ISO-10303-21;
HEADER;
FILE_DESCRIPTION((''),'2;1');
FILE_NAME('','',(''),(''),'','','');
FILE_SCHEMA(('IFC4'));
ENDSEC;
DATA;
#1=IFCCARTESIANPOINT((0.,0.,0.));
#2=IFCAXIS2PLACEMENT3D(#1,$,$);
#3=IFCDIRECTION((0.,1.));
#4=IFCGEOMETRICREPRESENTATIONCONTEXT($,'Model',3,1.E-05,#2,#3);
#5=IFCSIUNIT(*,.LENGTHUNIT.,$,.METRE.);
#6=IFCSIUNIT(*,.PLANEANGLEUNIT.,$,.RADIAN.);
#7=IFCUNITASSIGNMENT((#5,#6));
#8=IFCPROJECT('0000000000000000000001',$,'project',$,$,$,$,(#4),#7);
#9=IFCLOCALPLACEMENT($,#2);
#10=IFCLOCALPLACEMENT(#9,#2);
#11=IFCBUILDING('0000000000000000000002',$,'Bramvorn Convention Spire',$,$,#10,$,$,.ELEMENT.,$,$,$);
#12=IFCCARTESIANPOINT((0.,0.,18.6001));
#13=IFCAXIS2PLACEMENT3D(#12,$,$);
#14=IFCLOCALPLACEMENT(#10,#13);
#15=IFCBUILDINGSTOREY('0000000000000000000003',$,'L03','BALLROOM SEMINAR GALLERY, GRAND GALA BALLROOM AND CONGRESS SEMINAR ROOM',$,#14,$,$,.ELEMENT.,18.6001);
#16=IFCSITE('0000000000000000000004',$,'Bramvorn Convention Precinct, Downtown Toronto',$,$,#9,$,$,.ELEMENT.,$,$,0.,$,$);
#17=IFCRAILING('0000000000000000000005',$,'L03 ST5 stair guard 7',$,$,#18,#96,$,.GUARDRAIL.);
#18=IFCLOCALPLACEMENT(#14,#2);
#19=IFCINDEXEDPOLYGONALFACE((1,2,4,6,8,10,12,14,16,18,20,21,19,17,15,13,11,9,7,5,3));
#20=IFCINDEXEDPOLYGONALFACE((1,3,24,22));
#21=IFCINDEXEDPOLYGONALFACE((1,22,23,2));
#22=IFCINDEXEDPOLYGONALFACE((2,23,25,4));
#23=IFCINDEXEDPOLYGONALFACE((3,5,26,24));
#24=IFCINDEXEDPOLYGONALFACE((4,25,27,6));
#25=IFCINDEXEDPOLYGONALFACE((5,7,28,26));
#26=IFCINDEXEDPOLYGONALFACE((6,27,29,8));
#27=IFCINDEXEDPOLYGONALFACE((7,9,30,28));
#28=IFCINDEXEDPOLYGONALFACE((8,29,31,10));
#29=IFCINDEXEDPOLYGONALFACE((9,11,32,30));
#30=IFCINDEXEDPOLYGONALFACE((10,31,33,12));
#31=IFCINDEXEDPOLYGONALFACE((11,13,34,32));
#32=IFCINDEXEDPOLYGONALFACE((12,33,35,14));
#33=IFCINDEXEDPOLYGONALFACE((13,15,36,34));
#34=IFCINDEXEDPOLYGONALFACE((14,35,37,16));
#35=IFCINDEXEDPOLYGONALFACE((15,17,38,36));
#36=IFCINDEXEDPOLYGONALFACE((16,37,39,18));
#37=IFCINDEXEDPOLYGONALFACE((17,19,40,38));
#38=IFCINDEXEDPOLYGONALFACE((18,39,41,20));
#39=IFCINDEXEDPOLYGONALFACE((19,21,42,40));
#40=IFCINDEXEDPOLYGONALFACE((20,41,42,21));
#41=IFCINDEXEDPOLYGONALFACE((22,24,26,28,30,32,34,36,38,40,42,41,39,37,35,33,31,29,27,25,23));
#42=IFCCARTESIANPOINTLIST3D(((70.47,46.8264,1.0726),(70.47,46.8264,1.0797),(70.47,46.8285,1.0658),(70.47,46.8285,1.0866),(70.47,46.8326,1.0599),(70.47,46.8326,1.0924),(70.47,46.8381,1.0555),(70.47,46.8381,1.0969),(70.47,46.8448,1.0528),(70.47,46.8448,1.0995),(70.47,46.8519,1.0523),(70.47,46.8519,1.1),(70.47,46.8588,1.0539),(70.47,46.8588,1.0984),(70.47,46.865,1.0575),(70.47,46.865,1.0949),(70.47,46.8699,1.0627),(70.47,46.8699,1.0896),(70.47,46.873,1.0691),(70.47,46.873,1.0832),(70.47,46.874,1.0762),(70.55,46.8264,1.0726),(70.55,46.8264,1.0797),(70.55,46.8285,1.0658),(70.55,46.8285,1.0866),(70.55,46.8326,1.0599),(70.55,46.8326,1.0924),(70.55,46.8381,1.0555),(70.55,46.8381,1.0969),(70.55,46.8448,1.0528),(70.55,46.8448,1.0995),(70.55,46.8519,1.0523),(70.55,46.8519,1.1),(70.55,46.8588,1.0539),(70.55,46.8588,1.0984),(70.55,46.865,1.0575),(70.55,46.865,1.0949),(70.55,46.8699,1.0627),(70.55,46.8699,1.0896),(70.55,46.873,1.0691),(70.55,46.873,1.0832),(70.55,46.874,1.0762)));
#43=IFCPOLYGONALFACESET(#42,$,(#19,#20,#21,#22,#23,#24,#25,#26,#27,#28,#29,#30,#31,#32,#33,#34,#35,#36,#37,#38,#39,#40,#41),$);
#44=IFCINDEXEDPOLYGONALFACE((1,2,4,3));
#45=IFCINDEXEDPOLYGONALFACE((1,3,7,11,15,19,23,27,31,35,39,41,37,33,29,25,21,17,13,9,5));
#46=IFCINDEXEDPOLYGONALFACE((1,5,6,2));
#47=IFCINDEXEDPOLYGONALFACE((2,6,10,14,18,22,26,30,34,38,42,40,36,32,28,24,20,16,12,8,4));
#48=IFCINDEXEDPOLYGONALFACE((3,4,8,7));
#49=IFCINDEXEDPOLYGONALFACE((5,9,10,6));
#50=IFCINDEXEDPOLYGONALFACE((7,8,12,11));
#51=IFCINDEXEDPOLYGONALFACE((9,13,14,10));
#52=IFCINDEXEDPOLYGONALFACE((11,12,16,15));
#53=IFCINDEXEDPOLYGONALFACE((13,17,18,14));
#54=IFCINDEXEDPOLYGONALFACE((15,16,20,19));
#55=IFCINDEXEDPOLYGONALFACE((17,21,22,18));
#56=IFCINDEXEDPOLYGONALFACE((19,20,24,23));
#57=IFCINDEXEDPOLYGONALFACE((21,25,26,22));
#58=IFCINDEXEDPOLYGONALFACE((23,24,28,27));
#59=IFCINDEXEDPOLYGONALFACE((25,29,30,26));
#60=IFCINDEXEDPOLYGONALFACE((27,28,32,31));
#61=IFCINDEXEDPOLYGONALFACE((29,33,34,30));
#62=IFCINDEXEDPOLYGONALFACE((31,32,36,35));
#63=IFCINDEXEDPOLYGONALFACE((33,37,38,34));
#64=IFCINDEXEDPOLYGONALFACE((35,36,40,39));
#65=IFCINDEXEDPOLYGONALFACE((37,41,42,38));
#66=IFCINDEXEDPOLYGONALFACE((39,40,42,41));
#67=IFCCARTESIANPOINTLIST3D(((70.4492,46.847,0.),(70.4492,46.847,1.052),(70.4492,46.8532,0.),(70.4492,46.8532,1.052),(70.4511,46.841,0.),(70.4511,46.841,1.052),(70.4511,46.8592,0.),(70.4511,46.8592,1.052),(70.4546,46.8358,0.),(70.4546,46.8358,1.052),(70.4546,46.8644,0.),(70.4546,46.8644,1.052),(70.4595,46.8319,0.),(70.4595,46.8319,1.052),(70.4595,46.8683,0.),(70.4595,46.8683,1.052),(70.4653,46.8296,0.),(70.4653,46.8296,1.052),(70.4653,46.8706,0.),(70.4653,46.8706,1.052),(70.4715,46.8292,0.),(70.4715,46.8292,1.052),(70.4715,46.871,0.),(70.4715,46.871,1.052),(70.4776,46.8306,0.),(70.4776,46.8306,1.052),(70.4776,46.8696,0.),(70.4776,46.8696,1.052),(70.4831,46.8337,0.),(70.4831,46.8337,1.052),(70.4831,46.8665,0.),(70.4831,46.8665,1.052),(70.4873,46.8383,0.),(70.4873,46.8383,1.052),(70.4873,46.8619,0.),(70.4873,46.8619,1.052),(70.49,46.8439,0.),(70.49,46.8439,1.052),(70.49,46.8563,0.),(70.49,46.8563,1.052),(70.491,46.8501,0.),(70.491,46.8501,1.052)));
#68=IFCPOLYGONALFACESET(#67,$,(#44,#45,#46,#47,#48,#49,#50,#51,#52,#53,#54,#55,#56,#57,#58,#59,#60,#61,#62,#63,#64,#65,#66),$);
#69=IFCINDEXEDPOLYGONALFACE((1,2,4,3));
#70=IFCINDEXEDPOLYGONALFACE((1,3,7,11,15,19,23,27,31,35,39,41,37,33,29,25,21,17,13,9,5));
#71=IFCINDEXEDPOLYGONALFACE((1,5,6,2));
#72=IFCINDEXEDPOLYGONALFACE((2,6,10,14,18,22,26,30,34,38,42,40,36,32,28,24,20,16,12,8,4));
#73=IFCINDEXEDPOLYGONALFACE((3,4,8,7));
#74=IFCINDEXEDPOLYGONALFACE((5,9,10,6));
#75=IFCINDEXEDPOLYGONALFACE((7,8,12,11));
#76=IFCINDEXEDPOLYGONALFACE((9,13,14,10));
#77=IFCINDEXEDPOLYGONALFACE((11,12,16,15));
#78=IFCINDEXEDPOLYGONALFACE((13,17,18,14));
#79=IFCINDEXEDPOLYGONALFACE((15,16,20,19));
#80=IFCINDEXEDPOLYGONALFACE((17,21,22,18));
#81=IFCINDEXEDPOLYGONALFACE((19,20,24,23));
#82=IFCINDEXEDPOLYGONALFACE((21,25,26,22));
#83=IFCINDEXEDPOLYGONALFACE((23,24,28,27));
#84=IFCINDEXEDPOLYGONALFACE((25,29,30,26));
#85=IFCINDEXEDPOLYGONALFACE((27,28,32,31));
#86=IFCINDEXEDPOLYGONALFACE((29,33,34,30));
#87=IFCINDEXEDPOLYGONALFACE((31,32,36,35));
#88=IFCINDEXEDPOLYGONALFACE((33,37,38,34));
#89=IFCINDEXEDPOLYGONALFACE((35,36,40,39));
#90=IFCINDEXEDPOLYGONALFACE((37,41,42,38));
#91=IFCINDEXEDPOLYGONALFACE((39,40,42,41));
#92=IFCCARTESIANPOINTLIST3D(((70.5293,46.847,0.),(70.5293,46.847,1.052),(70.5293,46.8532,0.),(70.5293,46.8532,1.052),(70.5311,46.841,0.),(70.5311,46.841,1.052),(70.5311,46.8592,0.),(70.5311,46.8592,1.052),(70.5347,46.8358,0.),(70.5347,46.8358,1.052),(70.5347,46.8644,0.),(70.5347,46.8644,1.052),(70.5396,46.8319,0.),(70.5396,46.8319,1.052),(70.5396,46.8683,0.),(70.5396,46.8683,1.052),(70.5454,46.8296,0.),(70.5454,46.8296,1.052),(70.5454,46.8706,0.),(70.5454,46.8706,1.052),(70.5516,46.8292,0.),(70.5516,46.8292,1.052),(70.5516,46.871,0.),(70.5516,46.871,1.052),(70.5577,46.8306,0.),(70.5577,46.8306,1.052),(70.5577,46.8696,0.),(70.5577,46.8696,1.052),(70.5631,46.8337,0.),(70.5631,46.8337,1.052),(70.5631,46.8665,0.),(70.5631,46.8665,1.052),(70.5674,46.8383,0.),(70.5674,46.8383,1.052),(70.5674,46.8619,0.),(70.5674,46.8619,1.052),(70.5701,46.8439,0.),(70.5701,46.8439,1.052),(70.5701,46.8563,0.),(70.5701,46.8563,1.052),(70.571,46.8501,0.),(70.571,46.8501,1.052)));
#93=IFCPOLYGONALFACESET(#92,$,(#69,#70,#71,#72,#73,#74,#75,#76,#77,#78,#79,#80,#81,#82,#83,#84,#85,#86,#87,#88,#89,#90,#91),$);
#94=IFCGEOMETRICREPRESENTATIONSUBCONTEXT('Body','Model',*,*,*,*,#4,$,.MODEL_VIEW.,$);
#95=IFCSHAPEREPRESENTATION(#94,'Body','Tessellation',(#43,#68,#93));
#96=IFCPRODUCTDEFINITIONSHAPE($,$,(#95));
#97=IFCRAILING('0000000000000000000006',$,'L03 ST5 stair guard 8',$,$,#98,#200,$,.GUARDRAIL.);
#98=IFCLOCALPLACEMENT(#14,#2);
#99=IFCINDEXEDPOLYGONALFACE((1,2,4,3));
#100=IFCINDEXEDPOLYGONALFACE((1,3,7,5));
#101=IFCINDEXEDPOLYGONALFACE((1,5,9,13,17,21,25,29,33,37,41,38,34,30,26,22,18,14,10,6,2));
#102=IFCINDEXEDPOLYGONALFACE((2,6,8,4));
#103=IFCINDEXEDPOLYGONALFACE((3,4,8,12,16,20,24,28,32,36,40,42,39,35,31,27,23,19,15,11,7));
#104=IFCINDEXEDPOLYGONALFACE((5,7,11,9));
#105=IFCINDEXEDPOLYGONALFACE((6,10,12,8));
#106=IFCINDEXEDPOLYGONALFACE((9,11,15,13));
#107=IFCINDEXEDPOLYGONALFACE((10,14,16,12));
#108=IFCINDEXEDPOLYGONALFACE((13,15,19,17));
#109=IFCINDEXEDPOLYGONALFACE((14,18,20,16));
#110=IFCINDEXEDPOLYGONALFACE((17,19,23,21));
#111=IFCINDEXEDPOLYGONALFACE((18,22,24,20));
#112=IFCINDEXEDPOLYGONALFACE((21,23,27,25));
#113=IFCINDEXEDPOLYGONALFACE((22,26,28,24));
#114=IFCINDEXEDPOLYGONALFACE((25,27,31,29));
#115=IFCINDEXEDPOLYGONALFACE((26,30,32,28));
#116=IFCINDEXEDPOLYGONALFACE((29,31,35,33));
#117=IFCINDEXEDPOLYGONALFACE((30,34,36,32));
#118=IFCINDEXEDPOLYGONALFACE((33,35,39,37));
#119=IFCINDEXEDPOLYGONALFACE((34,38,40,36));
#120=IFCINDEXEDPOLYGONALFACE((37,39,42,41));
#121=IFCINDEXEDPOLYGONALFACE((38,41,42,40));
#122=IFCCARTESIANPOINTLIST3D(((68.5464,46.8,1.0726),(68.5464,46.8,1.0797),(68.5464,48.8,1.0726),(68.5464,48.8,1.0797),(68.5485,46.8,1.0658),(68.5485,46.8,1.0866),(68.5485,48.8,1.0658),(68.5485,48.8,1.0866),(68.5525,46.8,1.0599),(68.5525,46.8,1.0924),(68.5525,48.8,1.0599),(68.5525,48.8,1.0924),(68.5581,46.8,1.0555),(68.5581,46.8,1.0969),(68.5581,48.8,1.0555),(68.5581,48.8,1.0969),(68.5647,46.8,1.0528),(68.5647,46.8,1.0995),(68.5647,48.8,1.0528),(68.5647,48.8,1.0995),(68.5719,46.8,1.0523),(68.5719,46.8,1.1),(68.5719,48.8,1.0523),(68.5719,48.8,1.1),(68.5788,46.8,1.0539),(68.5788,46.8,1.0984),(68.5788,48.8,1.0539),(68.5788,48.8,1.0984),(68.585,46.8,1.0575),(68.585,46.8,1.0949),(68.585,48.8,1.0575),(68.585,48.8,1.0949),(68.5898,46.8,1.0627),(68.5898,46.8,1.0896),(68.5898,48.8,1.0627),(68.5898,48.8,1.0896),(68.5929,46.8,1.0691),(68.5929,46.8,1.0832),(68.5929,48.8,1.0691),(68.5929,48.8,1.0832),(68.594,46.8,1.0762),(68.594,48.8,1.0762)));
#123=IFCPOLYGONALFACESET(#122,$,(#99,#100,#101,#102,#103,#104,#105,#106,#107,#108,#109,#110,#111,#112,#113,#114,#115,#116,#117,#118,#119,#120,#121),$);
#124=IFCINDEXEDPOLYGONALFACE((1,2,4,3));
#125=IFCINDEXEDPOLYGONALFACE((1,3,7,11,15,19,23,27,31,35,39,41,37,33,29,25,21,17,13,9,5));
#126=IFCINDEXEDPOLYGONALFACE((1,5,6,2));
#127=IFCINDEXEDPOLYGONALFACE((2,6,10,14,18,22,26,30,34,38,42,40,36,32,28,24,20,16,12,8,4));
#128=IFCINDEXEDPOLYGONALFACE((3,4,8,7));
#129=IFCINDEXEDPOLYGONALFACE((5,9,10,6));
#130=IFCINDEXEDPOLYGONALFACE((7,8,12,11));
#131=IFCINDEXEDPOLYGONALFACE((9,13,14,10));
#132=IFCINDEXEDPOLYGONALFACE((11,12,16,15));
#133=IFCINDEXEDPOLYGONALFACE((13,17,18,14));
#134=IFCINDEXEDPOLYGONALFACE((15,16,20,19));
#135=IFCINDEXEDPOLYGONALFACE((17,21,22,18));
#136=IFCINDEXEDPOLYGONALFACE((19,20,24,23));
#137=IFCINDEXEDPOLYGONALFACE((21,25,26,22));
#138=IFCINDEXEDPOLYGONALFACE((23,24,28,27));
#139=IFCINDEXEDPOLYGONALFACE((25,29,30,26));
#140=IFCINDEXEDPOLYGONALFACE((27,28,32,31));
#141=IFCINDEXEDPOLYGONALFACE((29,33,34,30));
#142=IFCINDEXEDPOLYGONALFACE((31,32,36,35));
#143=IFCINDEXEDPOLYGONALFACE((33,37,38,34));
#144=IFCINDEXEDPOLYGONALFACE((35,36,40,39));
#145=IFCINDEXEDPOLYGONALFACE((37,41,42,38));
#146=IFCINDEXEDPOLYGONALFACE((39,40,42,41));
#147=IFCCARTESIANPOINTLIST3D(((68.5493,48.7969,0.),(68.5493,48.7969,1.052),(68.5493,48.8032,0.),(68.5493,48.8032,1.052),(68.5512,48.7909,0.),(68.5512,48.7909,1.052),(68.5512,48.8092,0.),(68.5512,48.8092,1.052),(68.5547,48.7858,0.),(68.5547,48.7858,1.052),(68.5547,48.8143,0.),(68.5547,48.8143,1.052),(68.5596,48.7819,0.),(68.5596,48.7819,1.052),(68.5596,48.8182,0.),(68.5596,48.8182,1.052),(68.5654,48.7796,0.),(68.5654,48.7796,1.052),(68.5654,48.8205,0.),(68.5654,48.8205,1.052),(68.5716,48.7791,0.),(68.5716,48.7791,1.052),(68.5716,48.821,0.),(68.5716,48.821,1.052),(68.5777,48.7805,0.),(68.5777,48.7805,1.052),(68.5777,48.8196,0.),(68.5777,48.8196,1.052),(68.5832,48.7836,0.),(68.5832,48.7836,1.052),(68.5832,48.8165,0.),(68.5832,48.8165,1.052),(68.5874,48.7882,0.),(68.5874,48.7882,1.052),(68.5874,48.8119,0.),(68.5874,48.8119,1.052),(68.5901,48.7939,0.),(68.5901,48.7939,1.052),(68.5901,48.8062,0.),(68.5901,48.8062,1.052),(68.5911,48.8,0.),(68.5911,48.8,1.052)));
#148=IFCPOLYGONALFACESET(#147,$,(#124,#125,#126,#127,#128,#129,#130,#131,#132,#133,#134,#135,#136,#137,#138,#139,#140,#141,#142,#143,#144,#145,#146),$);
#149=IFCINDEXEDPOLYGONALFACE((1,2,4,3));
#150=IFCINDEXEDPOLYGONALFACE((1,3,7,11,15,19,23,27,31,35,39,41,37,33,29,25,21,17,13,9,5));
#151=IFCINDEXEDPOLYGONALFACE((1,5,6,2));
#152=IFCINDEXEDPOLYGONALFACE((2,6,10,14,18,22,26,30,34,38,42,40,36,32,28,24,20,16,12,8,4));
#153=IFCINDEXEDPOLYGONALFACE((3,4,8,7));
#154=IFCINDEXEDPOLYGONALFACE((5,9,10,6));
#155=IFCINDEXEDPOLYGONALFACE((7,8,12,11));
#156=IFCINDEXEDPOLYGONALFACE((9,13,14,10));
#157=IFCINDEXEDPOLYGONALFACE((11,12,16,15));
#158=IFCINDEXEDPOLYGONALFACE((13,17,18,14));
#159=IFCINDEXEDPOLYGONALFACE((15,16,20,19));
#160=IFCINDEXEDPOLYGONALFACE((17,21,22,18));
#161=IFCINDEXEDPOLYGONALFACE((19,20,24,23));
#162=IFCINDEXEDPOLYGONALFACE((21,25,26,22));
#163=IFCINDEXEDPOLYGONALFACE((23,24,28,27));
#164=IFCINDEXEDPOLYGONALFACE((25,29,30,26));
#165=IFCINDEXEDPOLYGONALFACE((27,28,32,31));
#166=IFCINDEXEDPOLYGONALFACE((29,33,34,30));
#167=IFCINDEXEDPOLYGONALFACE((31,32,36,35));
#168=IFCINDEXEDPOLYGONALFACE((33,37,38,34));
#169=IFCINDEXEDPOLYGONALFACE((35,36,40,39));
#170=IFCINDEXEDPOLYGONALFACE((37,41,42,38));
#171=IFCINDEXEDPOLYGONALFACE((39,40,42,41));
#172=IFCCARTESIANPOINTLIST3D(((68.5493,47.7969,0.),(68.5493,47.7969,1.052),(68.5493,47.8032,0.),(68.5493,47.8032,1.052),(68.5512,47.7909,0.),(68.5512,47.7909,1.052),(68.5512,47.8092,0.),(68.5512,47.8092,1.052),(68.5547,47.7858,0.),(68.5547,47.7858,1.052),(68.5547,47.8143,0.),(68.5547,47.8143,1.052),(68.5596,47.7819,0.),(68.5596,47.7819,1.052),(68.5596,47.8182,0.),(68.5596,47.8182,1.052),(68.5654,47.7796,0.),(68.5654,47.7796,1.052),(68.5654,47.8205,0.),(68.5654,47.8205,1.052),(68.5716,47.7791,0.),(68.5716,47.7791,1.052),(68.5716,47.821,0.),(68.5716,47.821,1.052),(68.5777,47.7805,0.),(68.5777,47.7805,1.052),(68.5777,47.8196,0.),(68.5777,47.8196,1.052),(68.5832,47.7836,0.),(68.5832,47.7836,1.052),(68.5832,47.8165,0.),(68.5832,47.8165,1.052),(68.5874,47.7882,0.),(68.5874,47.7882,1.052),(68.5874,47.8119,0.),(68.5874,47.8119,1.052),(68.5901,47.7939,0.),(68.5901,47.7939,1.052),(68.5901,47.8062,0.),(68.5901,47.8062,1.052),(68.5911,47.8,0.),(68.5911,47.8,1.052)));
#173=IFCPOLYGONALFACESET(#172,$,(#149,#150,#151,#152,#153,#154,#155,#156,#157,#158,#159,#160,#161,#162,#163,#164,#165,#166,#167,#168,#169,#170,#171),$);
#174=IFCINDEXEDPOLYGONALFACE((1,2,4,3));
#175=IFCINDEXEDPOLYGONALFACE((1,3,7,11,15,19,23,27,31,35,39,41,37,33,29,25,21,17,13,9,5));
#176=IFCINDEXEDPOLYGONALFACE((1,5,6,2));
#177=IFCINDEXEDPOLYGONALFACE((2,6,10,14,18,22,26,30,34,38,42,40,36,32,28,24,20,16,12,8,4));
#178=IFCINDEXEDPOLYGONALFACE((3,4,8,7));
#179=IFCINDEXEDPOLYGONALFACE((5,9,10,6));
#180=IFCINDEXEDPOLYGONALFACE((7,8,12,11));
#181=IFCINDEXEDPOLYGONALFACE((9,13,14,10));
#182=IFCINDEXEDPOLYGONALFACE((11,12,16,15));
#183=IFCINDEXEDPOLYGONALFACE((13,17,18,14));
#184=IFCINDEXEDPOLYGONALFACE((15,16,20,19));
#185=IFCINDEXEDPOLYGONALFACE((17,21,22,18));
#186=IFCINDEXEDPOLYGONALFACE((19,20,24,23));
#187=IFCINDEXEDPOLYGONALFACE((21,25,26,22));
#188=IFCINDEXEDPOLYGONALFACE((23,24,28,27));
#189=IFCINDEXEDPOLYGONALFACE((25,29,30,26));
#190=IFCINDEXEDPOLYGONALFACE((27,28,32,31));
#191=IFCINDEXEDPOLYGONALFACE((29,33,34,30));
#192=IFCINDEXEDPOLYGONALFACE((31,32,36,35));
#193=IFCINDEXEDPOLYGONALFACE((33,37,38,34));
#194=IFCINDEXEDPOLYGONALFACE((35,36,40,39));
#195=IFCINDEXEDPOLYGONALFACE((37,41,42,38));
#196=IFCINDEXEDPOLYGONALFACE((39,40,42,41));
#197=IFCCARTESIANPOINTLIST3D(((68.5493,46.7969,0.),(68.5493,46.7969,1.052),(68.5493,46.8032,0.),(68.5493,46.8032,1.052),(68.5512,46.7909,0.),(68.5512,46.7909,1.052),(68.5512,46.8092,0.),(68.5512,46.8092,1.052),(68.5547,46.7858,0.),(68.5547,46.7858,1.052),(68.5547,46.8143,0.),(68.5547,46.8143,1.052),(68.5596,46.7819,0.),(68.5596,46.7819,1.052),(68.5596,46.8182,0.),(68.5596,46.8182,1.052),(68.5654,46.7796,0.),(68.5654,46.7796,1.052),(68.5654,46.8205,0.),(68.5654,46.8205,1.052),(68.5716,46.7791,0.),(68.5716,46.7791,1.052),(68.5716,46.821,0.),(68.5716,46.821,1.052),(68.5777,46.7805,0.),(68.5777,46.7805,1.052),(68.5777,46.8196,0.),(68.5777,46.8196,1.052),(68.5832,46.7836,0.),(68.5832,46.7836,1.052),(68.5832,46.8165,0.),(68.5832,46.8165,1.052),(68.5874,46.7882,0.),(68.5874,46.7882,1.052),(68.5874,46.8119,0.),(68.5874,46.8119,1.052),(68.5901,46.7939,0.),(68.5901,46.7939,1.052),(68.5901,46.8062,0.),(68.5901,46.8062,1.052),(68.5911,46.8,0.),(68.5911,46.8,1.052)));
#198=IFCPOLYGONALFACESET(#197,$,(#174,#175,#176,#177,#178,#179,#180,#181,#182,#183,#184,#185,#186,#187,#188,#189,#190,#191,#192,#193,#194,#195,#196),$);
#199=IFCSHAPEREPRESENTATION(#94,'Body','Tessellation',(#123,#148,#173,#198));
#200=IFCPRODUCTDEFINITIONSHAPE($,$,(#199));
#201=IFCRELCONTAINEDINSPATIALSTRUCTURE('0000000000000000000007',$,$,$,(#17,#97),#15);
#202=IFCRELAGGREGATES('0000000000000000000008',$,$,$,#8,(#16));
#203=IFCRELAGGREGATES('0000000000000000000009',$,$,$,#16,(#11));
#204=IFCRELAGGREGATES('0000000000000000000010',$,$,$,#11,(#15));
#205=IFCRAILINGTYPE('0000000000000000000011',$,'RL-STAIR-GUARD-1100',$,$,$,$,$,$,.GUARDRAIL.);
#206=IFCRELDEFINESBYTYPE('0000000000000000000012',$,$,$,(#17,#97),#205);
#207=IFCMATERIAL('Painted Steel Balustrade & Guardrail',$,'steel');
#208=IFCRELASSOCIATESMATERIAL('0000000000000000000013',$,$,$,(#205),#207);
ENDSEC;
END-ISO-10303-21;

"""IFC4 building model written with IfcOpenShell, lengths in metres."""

from ifc_helpers import new_model, si_unit, direction, frame, origin, origin_2d, place, context, subcontext, project, spatial, circle, extrude, material, type_object, element, save


model = new_model("IFC4")

# Units and contexts
model_context = context("Model", 3, precision=1e-05, world=origin(), true_north=direction((0.0, 1.0)))
body_context = subcontext(model_context, "Body", "Model", "MODEL_VIEW")
ifc_project = project(units=[si_unit("LENGTHUNIT", "METRE"), si_unit("PLANEANGLEUNIT", "RADIAN")], contexts=[model_context])

# Site, building, storey
site_placement = place(None, origin())
site = spatial("IfcSite", under=ifc_project, at=site_placement, Name="Bramvorn Convention Precinct, Downtown Toronto", CompositionType="ELEMENT", RefElevation=0.0)
building_placement = place(site_placement, origin())
building = spatial("IfcBuilding", under=site, at=building_placement, Name="Bramvorn Convention Spire", CompositionType="ELEMENT")
storey_placement = place(building_placement, frame((0.0, 0.0, 18.6001)))
storey = spatial("IfcBuildingStorey", under=building, at=storey_placement, Name="L03", Description="BALLROOM SEMINAR GALLERY, GRAND GALA BALLROOM AND CONGRESS SEMINAR ROOM", CompositionType="ELEMENT", Elevation=18.6001)

# Railings
ifc_material_1 = material(Name="Painted Steel Balustrade & Guardrail", Category="steel")
railing_type_1 = type_object("IfcRailingType", Name="RL-STAIR-GUARD-1100", PredefinedType="GUARDRAIL", material=ifc_material_1)
railing_1_placement = place(storey_placement, frame((70.47, 46.8501, 0.0)))
element("IfcRailing", 1, at=railing_1_placement, inside=storey, type_object=railing_type_1, Name="L03 ST5 stair guard 7", PredefinedType="GUARDRAIL", context=body_context, shape_type="SweptSolid", body=[
    extrude(circle(Radius=0.0239, at=origin_2d()), frame((0.0, 0.0, 1.0762), z_axis=(1.0, 0.0, 0.0), x_axis=(0.0, 1.0, 0.0)), (0.0, 0.0, 1.0), 0.0801),
    extrude(circle(Radius=0.021, at=origin_2d()), origin(), (0.0, 0.0, 1.0), 1.052),
    extrude(circle(Radius=0.021, at=origin_2d()), frame((0.0801, 0.0, 0.0)), (0.0, 0.0, 1.0), 1.052),
])
for number, where, name in (
    (2, (68.5701, 48.8, 0.0), "L03 ST5 stair guard 8"),
):
    element("IfcRailing", number, at=place(storey_placement, frame(where)), inside=storey, type_object=railing_type_1, Name=name, PredefinedType="GUARDRAIL", context=body_context, shape_type="SweptSolid", body=[
        extrude(circle(Radius=0.0239, at=origin_2d()), frame((0.0, 0.0, 1.0762), z_axis=(0.0, -1.0, 0.0), x_axis=(1.0, 0.0, 0.0)), (0.0, 0.0, 1.0), 2.0),
        extrude(circle(Radius=0.021, at=origin_2d()), origin(), (0.0, 0.0, 1.0), 1.052),
        extrude(circle(Radius=0.021, at=origin_2d()), frame((0.0, -1.0, 0.0)), (0.0, 0.0, 1.0), 1.052),
        extrude(circle(Radius=0.021, at=origin_2d()), frame((0.0, -2.0, 0.0)), (0.0, 0.0, 1.0), 1.052),
    ])

save(model, "model.ifc")
